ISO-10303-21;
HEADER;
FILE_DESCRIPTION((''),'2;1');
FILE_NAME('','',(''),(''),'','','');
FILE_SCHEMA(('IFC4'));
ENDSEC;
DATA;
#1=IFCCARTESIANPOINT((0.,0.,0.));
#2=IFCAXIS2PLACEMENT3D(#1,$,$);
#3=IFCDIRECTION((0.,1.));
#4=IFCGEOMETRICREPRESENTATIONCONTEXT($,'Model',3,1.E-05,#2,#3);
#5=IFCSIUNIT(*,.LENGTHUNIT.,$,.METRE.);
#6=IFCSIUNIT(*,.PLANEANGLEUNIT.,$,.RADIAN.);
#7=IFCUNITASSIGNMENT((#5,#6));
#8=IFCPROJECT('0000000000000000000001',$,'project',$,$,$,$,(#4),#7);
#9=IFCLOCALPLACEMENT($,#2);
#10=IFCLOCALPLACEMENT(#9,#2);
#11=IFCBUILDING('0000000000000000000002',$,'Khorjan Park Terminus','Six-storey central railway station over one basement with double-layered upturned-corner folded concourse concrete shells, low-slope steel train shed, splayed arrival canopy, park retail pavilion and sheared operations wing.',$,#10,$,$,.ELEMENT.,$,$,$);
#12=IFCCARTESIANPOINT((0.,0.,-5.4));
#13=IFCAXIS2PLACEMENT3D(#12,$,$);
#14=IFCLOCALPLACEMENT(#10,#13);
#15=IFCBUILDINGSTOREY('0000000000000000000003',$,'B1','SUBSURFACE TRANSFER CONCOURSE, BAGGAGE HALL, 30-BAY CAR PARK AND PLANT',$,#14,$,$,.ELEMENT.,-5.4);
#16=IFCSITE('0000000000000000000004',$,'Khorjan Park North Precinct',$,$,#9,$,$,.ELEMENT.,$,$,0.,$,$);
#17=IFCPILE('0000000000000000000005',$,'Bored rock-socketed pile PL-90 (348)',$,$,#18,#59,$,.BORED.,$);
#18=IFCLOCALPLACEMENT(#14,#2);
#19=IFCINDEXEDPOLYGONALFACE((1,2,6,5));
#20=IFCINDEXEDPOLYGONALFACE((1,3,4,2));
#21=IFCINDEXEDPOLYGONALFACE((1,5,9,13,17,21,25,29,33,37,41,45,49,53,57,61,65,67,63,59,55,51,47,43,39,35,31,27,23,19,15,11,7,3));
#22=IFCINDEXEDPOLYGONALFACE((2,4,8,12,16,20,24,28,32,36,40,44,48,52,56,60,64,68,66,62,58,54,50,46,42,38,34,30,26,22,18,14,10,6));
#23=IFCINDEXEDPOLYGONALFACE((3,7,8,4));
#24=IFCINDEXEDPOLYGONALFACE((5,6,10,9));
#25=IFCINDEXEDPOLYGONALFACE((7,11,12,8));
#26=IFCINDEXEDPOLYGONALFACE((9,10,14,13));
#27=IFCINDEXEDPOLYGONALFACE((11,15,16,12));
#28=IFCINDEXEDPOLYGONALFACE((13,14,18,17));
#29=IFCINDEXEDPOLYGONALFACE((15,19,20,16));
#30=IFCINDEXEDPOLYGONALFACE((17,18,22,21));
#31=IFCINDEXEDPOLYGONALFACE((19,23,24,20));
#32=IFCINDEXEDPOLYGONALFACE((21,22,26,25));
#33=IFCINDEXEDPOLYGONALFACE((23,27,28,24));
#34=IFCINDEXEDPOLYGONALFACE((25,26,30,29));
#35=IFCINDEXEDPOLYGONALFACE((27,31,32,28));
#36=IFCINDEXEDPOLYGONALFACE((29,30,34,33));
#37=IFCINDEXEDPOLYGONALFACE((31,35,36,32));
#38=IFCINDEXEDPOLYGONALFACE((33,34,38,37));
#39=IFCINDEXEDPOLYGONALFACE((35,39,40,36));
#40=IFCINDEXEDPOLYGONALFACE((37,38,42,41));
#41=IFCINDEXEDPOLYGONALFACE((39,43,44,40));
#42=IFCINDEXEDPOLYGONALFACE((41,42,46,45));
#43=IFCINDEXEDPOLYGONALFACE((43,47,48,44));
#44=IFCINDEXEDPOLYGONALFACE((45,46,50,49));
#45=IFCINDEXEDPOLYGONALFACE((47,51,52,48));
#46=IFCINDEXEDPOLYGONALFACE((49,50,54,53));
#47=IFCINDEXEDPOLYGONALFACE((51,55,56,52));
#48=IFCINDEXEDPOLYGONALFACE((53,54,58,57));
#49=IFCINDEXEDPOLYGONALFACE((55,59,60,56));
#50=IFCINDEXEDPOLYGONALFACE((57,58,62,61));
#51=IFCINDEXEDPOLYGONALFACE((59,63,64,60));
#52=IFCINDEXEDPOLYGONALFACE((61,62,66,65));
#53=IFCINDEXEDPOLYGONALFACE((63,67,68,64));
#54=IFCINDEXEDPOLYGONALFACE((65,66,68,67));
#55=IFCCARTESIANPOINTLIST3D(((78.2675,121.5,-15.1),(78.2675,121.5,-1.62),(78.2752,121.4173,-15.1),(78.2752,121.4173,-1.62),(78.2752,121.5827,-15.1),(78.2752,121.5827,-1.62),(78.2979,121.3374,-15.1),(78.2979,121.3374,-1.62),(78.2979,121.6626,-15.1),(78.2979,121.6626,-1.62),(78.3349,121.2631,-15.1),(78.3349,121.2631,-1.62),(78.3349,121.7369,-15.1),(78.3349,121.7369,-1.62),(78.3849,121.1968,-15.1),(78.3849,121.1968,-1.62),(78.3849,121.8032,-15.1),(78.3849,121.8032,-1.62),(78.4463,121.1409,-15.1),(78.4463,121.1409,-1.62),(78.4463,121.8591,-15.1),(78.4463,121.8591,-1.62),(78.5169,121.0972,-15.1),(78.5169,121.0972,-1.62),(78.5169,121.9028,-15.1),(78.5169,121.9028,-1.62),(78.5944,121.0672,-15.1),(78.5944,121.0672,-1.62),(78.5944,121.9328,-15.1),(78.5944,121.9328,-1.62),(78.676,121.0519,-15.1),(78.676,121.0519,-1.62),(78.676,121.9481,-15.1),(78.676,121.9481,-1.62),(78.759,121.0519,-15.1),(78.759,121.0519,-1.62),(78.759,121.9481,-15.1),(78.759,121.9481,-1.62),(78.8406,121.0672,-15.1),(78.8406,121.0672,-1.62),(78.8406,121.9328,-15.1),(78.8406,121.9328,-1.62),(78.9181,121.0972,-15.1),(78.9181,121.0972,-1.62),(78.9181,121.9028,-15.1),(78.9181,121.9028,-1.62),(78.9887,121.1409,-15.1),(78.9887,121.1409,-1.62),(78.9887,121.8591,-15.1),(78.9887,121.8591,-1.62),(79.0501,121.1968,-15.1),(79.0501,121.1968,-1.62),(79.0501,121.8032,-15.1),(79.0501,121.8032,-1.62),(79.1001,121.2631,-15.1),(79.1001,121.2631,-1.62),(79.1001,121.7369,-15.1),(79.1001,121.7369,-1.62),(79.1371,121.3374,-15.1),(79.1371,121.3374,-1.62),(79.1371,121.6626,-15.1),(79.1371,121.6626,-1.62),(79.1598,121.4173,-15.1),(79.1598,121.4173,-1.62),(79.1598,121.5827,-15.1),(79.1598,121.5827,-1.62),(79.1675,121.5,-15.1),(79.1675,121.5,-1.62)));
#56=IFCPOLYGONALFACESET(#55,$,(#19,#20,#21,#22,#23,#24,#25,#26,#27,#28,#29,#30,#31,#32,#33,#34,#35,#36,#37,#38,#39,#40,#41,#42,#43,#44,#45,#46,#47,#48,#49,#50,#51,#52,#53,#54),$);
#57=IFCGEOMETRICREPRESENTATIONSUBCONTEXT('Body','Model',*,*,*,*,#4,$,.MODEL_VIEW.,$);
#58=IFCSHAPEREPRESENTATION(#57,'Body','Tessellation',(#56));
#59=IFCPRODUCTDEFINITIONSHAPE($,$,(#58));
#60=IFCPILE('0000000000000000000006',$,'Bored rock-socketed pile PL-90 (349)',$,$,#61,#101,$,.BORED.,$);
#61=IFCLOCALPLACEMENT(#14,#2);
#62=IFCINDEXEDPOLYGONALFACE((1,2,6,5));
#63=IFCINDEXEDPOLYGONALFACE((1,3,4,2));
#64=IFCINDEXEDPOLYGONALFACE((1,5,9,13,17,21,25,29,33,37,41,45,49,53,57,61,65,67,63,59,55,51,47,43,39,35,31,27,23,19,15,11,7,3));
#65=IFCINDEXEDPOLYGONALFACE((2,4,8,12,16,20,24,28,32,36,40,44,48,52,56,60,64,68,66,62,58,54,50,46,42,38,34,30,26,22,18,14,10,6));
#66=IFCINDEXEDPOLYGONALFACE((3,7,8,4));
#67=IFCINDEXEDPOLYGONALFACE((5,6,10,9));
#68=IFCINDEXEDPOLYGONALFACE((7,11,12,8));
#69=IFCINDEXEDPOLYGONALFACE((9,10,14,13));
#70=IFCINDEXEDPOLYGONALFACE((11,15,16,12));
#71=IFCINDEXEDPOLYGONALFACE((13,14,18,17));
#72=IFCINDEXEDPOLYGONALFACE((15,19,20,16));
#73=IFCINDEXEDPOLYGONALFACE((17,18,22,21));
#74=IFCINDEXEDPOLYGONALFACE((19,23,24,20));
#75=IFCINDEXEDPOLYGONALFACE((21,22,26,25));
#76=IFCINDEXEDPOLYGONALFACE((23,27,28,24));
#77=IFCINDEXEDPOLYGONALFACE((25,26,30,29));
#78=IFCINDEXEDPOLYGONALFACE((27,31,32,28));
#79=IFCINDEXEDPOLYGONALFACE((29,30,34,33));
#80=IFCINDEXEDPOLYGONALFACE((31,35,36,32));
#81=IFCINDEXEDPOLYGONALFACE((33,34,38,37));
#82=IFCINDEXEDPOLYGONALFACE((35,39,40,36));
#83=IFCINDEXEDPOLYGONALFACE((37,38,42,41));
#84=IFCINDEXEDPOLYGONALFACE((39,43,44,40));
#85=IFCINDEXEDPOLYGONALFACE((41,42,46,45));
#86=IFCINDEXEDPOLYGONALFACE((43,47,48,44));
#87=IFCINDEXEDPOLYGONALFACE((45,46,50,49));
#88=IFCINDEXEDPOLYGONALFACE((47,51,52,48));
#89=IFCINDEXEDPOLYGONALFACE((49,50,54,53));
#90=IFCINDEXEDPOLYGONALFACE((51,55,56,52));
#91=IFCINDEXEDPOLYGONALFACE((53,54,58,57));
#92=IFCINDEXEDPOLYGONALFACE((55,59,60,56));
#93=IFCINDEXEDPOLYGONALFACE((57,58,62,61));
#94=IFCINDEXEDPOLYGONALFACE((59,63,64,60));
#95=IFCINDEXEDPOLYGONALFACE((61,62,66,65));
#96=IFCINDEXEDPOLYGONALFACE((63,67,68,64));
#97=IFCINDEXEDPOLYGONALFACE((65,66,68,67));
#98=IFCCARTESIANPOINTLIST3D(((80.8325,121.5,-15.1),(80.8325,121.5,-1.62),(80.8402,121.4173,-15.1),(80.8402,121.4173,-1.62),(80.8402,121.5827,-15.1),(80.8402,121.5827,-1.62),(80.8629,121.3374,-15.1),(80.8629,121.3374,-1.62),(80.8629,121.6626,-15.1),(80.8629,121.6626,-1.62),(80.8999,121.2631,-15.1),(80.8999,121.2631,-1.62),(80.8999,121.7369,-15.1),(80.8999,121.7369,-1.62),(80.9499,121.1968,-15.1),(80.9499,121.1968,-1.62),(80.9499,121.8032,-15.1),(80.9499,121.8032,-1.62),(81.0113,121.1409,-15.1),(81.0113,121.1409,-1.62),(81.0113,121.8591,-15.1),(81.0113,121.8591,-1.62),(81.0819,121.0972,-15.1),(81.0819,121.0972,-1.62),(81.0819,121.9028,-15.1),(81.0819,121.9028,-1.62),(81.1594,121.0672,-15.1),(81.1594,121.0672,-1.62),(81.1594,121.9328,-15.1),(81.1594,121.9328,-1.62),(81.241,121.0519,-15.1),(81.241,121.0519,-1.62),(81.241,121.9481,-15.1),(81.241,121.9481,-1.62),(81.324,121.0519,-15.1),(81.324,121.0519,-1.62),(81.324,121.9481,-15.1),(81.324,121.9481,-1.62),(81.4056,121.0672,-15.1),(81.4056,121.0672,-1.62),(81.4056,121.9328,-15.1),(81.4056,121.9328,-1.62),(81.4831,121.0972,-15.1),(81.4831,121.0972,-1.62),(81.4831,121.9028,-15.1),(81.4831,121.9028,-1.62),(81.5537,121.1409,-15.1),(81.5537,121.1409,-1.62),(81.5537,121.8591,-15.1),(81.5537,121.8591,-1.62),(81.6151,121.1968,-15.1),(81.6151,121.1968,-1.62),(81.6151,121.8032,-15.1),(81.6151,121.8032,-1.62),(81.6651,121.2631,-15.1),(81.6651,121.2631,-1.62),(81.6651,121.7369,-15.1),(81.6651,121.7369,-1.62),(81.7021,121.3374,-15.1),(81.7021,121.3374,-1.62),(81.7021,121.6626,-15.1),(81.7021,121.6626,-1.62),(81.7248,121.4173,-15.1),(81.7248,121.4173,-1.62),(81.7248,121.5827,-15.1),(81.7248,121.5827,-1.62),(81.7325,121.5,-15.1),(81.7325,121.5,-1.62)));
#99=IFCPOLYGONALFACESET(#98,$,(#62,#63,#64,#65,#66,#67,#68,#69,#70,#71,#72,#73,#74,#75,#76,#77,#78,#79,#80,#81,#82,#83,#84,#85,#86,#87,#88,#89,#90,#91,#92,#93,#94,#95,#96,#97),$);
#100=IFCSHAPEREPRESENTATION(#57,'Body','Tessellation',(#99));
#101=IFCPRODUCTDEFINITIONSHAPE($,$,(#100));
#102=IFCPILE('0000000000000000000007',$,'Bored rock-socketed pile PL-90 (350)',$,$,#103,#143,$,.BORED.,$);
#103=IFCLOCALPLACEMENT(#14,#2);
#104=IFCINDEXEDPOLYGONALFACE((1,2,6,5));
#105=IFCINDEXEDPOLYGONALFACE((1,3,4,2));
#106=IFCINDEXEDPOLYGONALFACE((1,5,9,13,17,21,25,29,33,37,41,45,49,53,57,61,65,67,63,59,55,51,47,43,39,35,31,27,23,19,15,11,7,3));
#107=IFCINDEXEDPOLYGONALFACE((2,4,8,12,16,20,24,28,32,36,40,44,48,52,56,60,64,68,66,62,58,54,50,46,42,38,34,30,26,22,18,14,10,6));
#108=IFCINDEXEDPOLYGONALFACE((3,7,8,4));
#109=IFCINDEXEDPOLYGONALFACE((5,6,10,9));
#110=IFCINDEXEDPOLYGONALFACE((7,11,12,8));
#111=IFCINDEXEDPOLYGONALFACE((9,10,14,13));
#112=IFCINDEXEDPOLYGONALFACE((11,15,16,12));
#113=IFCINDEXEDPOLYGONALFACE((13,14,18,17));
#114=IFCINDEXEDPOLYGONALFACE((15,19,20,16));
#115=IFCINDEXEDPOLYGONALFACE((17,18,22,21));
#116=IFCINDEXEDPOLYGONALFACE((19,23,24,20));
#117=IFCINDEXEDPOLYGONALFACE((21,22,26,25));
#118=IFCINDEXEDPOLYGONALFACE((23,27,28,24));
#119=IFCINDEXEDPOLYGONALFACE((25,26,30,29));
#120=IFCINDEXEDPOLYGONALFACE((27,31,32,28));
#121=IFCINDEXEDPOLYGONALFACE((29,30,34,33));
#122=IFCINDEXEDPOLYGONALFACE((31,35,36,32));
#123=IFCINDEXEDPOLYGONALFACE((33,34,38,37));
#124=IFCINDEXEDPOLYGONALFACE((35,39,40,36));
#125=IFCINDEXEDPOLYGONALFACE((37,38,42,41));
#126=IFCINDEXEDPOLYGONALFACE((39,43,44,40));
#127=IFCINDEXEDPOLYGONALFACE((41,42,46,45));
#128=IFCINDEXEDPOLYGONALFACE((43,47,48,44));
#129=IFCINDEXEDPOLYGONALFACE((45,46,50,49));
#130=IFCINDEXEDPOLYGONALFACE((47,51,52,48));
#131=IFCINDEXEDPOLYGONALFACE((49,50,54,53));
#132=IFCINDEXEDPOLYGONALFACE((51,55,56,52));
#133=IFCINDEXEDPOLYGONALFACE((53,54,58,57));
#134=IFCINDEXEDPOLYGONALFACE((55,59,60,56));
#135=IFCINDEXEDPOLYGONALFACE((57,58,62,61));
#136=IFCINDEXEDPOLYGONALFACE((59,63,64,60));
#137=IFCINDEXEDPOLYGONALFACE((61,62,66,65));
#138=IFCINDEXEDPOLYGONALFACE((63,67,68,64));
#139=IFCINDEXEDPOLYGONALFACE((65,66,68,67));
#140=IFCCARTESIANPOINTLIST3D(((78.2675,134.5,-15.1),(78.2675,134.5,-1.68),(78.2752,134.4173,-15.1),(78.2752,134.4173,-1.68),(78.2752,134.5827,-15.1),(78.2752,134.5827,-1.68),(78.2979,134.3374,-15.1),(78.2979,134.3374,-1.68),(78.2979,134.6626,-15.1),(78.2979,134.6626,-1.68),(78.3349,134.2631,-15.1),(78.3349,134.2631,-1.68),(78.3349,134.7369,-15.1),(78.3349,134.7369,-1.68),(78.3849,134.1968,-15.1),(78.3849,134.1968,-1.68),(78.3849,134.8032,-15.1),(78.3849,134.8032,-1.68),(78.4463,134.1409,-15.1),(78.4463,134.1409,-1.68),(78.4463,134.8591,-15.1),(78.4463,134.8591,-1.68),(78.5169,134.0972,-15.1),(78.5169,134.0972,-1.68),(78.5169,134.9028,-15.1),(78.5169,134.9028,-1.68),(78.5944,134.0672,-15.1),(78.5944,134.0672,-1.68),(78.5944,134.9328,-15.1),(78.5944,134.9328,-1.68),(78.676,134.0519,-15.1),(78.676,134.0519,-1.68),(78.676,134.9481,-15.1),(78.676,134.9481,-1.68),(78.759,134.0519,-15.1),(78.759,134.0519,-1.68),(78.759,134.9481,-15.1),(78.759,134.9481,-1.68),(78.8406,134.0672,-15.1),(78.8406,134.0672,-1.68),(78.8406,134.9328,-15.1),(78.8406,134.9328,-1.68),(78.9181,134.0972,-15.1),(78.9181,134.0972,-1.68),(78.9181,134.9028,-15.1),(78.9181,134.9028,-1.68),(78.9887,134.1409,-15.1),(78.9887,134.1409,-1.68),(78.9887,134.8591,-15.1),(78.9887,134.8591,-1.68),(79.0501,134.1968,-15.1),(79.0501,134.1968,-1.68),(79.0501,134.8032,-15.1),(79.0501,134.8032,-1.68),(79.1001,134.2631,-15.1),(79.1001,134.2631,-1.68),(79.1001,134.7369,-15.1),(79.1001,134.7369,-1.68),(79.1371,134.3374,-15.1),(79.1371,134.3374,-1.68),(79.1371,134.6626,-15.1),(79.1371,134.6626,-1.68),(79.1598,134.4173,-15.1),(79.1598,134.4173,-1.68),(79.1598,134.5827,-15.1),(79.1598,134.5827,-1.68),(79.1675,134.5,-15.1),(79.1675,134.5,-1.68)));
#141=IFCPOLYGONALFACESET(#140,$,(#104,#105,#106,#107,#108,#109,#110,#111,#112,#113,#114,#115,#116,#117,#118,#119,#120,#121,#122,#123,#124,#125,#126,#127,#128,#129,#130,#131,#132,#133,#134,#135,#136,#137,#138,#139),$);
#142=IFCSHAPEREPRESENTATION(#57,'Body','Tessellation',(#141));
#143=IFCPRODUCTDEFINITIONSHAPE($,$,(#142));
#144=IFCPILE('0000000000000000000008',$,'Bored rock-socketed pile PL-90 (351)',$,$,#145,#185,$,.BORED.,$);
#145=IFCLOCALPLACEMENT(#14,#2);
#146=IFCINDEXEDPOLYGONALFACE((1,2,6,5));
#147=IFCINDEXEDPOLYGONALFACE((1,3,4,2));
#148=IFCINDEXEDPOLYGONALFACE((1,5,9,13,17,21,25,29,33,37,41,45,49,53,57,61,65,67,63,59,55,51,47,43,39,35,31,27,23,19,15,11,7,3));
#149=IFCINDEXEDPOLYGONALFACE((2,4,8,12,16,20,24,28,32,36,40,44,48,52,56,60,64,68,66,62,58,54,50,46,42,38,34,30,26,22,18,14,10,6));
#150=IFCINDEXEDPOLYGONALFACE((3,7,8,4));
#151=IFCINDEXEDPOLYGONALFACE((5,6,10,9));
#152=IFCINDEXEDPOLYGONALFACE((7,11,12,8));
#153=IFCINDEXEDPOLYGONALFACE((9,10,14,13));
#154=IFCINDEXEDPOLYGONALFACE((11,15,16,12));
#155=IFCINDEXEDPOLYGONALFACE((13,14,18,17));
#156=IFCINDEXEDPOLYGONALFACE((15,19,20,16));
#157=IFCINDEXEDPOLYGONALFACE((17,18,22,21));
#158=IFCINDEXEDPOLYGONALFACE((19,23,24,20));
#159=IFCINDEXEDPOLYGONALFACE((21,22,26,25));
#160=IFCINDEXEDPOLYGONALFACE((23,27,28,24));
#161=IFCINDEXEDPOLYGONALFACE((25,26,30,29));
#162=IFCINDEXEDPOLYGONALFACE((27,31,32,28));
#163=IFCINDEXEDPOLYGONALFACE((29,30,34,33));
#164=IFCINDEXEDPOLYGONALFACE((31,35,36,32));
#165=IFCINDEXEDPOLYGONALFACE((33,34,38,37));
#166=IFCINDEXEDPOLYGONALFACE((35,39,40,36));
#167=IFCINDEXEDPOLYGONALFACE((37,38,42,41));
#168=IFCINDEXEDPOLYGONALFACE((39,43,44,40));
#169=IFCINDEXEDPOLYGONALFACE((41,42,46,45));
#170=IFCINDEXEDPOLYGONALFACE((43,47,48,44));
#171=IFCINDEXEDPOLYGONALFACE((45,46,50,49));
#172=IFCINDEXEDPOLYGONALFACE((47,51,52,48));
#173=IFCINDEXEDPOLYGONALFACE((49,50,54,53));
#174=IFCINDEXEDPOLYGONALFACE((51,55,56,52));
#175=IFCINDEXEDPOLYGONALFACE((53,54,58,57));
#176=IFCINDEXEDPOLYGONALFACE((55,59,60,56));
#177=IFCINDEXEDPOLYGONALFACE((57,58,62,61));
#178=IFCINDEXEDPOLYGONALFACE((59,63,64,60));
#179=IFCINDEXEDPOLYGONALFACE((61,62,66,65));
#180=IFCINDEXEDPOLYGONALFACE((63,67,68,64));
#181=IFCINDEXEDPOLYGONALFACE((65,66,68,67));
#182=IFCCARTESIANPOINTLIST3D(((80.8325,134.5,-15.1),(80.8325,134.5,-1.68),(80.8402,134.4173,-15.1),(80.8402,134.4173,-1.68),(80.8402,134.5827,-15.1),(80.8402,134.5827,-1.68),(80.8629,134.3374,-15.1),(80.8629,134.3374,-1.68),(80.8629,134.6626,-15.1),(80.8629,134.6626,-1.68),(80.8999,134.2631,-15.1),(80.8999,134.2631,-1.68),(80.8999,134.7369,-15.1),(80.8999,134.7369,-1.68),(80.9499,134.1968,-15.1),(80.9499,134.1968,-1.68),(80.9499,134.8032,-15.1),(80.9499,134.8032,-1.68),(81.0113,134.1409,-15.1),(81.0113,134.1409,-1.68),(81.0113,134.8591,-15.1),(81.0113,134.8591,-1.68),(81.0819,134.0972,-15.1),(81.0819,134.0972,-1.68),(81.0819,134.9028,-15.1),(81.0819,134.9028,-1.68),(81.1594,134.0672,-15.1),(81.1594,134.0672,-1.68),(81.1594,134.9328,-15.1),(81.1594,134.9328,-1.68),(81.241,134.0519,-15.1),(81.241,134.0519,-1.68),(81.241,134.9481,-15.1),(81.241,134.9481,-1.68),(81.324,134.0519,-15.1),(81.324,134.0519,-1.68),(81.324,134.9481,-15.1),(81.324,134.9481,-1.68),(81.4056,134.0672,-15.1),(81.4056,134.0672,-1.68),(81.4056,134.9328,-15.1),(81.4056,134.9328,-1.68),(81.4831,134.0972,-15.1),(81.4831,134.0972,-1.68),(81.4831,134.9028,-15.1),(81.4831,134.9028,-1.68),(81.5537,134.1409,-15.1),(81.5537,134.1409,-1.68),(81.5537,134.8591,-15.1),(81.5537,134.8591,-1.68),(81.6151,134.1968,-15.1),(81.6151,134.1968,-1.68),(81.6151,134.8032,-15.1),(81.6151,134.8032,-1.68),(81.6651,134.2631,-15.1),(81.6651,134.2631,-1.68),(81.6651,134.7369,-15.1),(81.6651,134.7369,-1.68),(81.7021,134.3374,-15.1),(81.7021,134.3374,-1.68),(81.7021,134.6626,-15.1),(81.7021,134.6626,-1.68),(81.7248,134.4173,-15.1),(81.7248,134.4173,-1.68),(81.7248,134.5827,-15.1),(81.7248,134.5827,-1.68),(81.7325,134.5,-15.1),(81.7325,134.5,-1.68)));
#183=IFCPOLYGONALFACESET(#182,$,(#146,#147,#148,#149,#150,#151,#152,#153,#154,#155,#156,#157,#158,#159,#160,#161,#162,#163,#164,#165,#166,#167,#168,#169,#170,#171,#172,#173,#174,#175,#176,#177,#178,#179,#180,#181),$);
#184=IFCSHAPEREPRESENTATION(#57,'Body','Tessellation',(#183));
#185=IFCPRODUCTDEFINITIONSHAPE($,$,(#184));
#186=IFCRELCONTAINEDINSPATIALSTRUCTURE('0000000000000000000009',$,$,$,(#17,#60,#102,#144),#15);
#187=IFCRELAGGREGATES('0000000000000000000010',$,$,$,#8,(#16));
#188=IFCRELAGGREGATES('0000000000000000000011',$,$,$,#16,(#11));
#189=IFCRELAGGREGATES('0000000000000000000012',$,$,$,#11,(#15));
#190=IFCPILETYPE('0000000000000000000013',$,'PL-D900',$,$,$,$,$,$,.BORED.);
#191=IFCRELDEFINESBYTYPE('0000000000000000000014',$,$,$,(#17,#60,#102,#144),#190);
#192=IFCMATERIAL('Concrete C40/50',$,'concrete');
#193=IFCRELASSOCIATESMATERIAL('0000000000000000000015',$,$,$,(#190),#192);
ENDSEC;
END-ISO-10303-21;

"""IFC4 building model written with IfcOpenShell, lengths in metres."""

from ifc_helpers import new_model, si_unit, direction, frame, origin, origin_2d, place, context, subcontext, project, spatial, circle, extrude, material, material_profile, profile_set, type_object, element, save


model = new_model("IFC4")

# Units and contexts
model_context = context("Model", 3, precision=1e-05, world=origin(), true_north=direction((0.0, 1.0)))
body_context = subcontext(model_context, "Body", "Model", "MODEL_VIEW")
ifc_project = project(units=[si_unit("LENGTHUNIT", "METRE"), si_unit("PLANEANGLEUNIT", "RADIAN")], contexts=[model_context])

# Site, building, storey
site_placement = place(None, origin())
site = spatial("IfcSite", under=ifc_project, at=site_placement, Name="Khorjan Park North Precinct", CompositionType="ELEMENT", RefElevation=0.0)
building_placement = place(site_placement, origin())
building = spatial("IfcBuilding", under=site, at=building_placement, Name="Khorjan Park Terminus", Description="Six-storey central railway station over one basement with double-layered upturned-corner folded concourse concrete shells, low-slope steel train shed, splayed arrival canopy, park retail pavilion and sheared operations wing.", CompositionType="ELEMENT")
storey_placement = place(building_placement, frame((0.0, 0.0, -5.4)))
storey = spatial("IfcBuildingStorey", under=building, at=storey_placement, Name="B1", Description="SUBSURFACE TRANSFER CONCOURSE, BAGGAGE HALL, 30-BAY CAR PARK AND PLANT", CompositionType="ELEMENT", Elevation=-5.4)

# Shared definitions
ifc_material_1 = material(Name="Concrete C40/50", Category="concrete")

# Piles
ifc_material_profile_1 = material_profile(ifc_material_1, circle(Radius=0.45, at=origin_2d()), Name="BORED D900")
ifc_profile_set_1 = profile_set([ifc_material_profile_1], Name="Concrete C40/50")
pile_type_1 = type_object("IfcPileType", Name="PL-D900", PredefinedType="BORED", material=ifc_profile_set_1)
for number, where, z_axis, x_axis, name in (
    (1, (78.7175, 121.5, -1.62), (0.0, 0.0, -1.0), (1.0, 0.0, 0.0), "Bored rock-socketed pile PL-90 (348)"),
    (2, (81.2825, 121.5, -1.62), (0.0, 0.0, -1.0), (1.0, 0.0, 0.0), "Bored rock-socketed pile PL-90 (349)"),
):
    element("IfcPile", number, at=place(storey_placement, frame(where, z_axis=z_axis, x_axis=x_axis)), inside=storey, type_object=pile_type_1, Name=name, PredefinedType="BORED", context=body_context, shape_type="SweptSolid", body=[
        extrude(circle(Radius=0.45, at=origin_2d()), origin(), (0.0, 0.0, 1.0), 13.48),
    ])
for number, where, z_axis, x_axis, name in (
    (3, (78.7175, 134.5, -1.68), (0.0, 0.0, -1.0), (1.0, 0.0, 0.0), "Bored rock-socketed pile PL-90 (350)"),
    (4, (81.2825, 134.5, -1.68), (0.0, 0.0, -1.0), (1.0, 0.0, 0.0), "Bored rock-socketed pile PL-90 (351)"),
):
    element("IfcPile", number, at=place(storey_placement, frame(where, z_axis=z_axis, x_axis=x_axis)), inside=storey, type_object=pile_type_1, Name=name, PredefinedType="BORED", context=body_context, shape_type="SweptSolid", body=[
        extrude(circle(Radius=0.45, at=origin_2d()), origin(), (0.0, 0.0, 1.0), 13.42),
    ])

save(model, "model.ifc")
